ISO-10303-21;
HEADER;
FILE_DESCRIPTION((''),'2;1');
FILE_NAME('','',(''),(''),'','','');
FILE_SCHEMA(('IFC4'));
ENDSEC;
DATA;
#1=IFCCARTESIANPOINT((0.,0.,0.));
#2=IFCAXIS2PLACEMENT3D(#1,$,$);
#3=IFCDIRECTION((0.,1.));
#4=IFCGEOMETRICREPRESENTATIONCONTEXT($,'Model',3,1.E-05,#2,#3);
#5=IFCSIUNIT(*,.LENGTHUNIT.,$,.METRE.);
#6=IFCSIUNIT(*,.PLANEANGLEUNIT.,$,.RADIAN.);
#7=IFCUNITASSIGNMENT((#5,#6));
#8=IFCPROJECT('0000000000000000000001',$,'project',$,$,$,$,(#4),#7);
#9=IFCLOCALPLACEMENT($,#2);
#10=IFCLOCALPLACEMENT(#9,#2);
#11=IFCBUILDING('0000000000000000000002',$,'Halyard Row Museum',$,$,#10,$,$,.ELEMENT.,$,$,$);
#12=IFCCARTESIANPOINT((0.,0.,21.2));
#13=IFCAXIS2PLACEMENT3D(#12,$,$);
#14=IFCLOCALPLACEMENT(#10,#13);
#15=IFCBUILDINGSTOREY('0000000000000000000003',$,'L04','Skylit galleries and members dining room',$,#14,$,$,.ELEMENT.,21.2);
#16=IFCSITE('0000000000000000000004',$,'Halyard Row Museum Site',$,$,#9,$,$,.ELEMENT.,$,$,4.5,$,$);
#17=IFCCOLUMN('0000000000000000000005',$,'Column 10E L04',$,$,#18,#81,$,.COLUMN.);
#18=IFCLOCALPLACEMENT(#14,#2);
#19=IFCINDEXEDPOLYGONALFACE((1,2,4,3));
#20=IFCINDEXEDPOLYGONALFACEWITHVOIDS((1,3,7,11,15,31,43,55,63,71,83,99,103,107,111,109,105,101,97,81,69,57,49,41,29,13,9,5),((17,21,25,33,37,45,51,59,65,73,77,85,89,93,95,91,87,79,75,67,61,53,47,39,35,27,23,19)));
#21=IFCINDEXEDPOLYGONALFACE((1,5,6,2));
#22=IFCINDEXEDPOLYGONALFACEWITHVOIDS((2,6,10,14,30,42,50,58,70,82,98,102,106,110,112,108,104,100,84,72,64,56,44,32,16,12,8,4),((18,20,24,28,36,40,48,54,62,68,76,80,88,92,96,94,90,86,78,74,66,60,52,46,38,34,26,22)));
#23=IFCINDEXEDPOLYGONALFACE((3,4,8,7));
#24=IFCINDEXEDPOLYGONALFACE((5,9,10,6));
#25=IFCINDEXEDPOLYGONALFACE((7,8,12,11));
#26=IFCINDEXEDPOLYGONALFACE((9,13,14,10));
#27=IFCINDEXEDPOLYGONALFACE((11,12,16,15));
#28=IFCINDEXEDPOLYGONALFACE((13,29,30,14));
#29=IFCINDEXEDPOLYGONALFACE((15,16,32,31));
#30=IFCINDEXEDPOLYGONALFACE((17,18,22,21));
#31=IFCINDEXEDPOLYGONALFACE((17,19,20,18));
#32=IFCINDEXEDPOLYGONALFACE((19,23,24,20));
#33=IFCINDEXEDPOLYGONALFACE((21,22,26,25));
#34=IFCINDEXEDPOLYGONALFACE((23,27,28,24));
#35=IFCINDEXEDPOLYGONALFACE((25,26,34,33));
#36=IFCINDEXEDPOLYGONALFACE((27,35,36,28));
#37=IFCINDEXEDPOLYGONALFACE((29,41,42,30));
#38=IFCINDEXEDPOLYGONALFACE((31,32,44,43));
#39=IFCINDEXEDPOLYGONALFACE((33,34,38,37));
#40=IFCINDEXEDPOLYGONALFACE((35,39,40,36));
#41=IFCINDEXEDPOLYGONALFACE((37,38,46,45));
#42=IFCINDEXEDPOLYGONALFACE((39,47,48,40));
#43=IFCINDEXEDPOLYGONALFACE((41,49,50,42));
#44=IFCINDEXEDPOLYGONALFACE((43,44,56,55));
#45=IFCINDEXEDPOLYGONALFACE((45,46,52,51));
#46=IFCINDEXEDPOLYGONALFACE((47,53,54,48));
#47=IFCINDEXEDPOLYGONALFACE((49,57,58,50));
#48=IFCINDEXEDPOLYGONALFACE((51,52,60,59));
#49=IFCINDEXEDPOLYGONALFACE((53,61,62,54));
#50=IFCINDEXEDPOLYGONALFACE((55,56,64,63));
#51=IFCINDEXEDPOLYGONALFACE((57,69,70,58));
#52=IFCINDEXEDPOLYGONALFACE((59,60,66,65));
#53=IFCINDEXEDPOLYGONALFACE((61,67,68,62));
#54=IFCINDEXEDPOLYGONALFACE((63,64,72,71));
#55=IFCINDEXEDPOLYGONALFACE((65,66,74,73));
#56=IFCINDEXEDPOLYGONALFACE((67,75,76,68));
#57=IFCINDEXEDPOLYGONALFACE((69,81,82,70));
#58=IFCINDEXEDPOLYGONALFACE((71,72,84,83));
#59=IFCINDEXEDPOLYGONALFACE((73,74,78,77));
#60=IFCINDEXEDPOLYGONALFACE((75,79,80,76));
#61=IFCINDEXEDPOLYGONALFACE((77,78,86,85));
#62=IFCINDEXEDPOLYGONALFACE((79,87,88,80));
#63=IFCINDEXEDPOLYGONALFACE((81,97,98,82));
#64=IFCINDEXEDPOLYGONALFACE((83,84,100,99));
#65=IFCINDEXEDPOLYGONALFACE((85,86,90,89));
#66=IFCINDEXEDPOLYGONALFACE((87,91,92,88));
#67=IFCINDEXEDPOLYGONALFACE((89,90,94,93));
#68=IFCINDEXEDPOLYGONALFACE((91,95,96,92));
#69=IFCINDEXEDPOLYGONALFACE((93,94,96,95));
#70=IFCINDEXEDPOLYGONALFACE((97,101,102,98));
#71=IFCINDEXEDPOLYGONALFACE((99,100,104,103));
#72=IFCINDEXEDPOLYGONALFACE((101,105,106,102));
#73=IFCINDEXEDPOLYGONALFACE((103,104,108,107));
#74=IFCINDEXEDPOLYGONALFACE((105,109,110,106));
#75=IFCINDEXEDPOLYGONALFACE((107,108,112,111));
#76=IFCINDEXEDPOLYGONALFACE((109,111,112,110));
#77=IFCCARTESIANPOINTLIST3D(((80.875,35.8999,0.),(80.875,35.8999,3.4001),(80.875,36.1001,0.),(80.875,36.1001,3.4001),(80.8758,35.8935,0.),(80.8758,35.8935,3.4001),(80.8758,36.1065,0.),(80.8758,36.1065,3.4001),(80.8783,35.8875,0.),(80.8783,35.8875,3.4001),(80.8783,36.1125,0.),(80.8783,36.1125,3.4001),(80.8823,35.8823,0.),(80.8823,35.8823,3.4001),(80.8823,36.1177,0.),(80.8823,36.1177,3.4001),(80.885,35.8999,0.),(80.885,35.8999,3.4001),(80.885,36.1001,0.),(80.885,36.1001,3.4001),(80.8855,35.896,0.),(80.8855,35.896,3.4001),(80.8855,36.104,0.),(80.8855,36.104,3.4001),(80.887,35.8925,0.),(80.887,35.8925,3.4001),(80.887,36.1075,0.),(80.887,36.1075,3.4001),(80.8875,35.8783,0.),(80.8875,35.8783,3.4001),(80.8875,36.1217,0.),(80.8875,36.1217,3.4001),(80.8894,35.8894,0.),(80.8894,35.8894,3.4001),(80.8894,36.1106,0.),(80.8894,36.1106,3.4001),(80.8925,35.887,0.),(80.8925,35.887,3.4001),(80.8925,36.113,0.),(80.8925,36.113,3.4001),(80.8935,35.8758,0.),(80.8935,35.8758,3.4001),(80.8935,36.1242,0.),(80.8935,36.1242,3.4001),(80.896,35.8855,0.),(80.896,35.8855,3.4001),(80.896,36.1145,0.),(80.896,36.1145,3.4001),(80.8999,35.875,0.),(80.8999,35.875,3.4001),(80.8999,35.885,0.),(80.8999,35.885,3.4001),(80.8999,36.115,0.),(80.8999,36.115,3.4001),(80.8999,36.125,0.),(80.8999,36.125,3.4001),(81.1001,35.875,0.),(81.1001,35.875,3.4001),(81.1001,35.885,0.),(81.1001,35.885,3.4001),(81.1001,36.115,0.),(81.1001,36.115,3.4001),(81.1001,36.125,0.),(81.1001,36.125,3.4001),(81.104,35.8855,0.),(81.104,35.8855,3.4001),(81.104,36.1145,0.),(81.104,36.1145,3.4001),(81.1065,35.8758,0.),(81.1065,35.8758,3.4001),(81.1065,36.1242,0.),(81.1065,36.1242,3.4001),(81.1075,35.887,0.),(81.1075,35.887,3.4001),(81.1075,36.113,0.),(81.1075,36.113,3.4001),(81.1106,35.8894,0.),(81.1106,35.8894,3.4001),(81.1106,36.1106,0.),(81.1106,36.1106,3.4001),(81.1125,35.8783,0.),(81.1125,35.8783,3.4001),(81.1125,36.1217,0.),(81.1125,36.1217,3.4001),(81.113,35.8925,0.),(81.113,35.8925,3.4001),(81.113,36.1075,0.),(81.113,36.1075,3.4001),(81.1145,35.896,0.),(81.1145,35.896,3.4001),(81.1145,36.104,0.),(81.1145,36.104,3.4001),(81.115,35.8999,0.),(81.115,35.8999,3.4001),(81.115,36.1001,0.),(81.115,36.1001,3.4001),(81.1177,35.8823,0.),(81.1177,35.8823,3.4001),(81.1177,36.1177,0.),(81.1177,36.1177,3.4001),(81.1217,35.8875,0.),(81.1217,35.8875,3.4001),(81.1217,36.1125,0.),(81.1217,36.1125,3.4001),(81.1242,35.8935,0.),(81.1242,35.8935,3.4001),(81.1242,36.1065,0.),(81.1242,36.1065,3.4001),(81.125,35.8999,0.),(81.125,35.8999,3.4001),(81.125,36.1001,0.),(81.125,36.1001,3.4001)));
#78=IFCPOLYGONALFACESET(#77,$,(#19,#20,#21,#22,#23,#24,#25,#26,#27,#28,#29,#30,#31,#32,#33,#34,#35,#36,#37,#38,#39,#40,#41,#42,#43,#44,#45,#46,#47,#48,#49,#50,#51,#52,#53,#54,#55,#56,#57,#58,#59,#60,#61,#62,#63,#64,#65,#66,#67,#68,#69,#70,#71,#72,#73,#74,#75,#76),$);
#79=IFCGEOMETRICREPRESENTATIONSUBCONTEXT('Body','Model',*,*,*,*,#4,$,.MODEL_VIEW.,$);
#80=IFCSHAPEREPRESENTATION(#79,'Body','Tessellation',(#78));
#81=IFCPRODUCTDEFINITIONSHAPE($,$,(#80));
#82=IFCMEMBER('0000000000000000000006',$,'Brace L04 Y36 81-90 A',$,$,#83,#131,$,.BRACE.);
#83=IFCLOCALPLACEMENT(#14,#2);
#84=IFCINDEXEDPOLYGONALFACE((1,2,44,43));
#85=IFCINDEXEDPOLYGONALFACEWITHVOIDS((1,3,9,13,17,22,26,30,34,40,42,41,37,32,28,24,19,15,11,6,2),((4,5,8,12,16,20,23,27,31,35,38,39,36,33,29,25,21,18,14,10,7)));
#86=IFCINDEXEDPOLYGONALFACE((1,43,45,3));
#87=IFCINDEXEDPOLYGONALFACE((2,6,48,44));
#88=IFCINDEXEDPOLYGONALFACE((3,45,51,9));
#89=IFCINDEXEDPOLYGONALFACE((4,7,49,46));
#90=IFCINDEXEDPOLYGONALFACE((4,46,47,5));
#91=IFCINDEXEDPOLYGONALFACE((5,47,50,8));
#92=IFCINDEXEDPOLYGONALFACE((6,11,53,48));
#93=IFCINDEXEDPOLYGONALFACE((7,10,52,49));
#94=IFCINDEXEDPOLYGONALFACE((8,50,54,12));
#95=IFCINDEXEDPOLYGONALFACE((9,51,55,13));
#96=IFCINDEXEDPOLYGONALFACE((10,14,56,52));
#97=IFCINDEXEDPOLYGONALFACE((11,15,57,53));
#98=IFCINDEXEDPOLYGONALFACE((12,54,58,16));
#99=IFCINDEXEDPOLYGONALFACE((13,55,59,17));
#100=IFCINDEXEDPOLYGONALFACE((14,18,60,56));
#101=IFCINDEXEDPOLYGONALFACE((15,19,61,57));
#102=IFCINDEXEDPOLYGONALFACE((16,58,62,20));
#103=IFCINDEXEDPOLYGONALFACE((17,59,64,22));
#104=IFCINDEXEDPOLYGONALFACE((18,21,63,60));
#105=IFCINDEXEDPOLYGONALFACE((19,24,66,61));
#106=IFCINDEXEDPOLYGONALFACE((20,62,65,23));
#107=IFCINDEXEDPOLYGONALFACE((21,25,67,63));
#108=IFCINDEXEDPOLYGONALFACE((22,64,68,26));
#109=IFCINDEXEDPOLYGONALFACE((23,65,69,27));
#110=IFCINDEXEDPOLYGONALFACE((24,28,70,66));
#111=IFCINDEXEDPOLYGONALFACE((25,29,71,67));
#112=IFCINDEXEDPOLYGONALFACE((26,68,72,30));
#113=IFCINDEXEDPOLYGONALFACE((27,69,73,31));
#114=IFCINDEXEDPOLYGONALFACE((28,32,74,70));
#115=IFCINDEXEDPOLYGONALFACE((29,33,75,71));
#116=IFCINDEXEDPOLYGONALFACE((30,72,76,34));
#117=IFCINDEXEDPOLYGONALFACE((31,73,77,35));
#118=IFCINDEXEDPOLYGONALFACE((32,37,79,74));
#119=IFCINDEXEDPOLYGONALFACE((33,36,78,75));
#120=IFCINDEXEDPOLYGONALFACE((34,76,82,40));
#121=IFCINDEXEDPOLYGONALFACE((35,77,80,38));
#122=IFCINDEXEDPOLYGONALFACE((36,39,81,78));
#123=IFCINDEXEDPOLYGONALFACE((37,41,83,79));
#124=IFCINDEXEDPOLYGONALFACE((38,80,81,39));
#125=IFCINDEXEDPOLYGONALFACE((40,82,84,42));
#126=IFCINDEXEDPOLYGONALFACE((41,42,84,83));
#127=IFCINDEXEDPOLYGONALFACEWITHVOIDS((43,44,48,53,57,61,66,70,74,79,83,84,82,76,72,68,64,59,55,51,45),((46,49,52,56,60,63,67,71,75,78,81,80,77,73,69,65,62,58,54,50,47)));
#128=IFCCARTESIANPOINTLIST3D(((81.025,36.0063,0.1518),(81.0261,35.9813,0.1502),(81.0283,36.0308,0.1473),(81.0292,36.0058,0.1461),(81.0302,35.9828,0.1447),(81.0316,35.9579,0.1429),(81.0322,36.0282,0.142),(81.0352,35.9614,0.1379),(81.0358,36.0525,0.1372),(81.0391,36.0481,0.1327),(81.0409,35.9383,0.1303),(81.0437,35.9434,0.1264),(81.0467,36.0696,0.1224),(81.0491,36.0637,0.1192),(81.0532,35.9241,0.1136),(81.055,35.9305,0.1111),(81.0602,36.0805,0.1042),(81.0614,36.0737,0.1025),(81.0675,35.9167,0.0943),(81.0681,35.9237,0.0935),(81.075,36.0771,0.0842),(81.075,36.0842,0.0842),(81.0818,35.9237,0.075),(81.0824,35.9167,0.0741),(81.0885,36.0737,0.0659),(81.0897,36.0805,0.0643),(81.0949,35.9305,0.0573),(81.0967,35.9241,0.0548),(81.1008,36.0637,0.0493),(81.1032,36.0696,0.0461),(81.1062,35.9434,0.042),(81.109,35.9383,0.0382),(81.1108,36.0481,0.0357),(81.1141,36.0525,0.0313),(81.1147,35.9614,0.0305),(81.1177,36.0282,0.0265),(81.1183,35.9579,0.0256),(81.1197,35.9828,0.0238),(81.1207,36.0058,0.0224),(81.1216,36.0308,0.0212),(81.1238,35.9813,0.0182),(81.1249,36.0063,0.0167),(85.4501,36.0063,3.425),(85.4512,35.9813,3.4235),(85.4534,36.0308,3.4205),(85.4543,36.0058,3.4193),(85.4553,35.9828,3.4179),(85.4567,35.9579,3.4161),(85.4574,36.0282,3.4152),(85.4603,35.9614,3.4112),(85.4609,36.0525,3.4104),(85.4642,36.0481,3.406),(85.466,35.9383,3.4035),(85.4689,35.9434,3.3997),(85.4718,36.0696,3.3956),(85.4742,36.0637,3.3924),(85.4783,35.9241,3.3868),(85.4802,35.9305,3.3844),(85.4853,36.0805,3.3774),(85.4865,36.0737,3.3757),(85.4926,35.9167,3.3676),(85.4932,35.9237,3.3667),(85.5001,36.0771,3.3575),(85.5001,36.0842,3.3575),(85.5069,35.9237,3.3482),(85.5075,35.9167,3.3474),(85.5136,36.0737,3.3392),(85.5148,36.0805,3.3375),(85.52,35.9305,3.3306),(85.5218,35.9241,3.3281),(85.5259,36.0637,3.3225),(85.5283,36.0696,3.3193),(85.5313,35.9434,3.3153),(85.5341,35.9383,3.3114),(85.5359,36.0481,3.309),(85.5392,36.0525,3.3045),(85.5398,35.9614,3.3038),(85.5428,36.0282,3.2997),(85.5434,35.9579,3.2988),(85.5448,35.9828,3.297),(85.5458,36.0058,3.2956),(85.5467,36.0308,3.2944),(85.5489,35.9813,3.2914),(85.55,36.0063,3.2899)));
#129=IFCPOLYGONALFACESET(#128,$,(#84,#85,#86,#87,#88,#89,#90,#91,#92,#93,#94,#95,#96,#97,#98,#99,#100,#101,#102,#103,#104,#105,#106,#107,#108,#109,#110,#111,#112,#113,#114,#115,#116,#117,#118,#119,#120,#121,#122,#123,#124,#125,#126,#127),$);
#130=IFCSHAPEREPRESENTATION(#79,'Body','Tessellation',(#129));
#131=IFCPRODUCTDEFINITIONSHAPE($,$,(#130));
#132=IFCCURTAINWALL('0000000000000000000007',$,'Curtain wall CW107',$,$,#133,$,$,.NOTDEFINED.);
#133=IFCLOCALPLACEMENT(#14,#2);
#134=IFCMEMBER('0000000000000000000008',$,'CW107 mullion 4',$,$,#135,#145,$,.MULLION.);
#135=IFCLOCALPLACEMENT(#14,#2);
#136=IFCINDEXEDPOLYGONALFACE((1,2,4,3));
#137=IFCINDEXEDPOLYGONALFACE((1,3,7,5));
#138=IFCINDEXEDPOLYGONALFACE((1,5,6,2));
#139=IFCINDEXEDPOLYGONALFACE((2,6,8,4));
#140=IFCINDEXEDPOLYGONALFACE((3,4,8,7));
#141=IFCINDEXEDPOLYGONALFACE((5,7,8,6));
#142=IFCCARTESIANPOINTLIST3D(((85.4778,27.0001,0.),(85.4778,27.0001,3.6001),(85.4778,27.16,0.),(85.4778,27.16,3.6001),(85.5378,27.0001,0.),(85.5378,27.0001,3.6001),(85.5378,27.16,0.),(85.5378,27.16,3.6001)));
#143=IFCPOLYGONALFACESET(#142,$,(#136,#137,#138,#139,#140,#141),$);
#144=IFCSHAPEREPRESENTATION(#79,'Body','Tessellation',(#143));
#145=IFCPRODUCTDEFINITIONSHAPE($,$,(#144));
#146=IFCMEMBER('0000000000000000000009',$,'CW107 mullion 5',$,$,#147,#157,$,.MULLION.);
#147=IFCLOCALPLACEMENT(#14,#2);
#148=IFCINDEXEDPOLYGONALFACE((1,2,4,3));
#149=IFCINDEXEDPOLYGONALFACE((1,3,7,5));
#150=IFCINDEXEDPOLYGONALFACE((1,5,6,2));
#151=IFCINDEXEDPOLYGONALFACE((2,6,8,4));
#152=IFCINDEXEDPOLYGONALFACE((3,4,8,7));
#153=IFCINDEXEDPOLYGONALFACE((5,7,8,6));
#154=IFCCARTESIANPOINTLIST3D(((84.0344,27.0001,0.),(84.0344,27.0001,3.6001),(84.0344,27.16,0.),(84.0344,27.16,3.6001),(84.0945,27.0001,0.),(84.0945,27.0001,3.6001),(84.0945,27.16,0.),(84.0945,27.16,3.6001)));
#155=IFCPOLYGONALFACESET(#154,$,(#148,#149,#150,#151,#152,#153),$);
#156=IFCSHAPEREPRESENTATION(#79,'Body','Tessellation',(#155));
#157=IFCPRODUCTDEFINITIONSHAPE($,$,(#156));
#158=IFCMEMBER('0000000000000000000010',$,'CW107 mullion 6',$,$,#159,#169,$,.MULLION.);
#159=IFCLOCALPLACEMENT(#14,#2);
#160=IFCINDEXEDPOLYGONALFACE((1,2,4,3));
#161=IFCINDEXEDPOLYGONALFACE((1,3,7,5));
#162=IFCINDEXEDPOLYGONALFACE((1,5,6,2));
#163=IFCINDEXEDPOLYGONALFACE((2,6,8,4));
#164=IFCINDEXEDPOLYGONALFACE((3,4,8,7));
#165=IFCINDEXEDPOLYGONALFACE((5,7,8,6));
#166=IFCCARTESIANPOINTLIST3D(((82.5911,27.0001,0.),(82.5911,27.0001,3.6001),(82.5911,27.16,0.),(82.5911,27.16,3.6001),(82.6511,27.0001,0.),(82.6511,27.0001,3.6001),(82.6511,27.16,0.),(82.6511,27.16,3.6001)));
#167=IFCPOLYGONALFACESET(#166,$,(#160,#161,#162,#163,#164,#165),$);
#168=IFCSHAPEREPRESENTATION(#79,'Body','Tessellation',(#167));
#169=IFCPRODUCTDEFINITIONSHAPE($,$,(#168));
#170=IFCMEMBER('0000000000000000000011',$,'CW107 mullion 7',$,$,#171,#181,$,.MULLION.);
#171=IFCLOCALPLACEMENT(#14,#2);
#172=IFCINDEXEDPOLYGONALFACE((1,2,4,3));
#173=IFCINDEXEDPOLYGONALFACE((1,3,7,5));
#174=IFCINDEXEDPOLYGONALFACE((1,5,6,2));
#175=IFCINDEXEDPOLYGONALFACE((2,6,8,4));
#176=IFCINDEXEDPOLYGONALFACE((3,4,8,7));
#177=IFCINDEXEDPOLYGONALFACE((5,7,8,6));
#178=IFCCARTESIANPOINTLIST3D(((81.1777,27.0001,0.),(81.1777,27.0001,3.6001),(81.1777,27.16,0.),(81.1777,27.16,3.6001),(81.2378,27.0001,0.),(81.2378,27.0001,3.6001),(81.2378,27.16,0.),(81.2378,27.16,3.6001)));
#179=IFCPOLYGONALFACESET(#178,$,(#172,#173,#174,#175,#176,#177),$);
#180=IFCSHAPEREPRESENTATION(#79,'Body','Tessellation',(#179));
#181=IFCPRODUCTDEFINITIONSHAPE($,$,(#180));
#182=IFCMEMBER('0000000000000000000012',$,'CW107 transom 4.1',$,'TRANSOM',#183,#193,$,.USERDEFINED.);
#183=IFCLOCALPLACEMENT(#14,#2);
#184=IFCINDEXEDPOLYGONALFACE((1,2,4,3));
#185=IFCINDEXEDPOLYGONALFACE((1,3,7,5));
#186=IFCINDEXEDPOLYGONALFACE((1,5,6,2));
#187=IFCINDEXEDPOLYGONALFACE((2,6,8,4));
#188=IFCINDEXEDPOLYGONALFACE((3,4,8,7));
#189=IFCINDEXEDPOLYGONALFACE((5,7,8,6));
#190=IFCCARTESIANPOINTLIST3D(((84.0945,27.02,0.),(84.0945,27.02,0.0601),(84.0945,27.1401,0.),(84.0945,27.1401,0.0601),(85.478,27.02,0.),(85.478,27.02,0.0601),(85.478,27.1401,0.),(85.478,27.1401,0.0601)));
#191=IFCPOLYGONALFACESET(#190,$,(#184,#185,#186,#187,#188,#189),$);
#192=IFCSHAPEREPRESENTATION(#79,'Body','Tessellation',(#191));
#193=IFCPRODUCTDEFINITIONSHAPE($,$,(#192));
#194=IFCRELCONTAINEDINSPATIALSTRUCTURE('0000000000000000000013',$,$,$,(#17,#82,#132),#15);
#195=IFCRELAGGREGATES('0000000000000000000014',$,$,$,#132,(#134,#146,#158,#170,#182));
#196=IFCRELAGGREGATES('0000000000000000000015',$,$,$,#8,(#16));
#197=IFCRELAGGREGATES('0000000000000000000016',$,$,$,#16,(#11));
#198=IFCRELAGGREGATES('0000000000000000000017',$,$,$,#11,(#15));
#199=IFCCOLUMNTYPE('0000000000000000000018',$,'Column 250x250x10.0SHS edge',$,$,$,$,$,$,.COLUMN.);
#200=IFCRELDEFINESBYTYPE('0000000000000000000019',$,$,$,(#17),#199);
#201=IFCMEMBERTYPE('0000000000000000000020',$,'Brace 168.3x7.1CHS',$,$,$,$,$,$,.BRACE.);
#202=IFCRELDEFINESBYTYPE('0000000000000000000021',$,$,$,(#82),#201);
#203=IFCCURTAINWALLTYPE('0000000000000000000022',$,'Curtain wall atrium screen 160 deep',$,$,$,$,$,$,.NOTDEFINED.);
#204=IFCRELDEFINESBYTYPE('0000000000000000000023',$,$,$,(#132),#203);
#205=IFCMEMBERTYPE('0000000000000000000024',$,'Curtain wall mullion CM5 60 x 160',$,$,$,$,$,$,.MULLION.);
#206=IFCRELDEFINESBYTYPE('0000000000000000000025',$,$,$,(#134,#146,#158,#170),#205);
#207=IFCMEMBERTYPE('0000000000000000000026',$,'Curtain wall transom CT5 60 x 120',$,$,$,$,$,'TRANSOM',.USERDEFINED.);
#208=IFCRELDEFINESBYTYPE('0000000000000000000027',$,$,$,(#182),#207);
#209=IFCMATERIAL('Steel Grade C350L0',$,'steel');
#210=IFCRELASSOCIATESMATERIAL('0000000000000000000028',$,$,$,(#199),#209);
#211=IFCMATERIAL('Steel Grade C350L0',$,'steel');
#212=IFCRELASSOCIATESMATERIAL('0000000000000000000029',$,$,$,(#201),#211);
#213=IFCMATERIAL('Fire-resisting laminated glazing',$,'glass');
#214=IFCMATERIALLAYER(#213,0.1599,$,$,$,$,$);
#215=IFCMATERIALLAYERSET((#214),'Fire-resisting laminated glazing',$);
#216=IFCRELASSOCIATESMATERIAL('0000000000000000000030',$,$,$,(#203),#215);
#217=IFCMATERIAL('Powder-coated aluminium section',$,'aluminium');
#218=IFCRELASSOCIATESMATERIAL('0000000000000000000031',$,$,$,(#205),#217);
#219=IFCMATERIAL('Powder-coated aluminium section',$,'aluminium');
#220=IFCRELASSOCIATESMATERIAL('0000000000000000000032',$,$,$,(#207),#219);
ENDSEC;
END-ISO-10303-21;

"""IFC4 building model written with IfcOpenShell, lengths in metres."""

from ifc_helpers import new_model, si_unit, direction, frame, origin, origin_2d, place, context, subcontext, project, spatial, rectangle, hollow_rectangle, hollow_circle, extrude, material, layer, layer_set, material_profile, profile_set, type_object, element, aggregate, save


model = new_model("IFC4")

# Units and contexts
model_context = context("Model", 3, precision=1e-05, world=origin(), true_north=direction((0.0, 1.0)))
body_context = subcontext(model_context, "Body", "Model", "MODEL_VIEW")
ifc_project = project(units=[si_unit("LENGTHUNIT", "METRE"), si_unit("PLANEANGLEUNIT", "RADIAN")], contexts=[model_context])

# Site, building, storey
site_placement = place(None, origin())
site = spatial("IfcSite", under=ifc_project, at=site_placement, Name="Halyard Row Museum Site", CompositionType="ELEMENT", RefElevation=4.5)
building_placement = place(site_placement, origin())
building = spatial("IfcBuilding", under=site, at=building_placement, Name="Halyard Row Museum", CompositionType="ELEMENT")
storey_placement = place(building_placement, frame((0.0, 0.0, 21.2)))
storey = spatial("IfcBuildingStorey", under=building, at=storey_placement, Name="L04", Description="Skylit galleries and members dining room", CompositionType="ELEMENT", Elevation=21.2)

# Column
ifc_material_1 = material(Name="Steel Grade C350L0", Category="steel")
ifc_material_profile_1 = material_profile(ifc_material_1, hollow_rectangle(XDim=0.25, YDim=0.25, WallThickness=0.01, InnerFilletRadius=0.0149, OuterFilletRadius=0.0249, at=origin_2d()), Name="250x250x10.0SHS")
ifc_profile_set_1 = profile_set([ifc_material_profile_1], Name="Steel Grade C350L0")
column_type = type_object("IfcColumnType", Name="Column 250x250x10.0SHS edge", PredefinedType="COLUMN", material=ifc_profile_set_1)
column_placement = place(storey_placement, frame((81.0, 36.0, 0.0), z_axis=(0.0, 0.0, 1.0), x_axis=(1.0, 0.0, 0.0)))
element("IfcColumn", 1, at=column_placement, inside=storey, type_object=column_type, Name="Column 10E L04", PredefinedType="COLUMN", context=body_context, shape_type="SweptSolid", body=[
    extrude(hollow_rectangle(XDim=0.25, YDim=0.25, WallThickness=0.01, InnerFilletRadius=0.0149, OuterFilletRadius=0.0249, at=origin_2d()), origin(), (0.0, 0.0, 1.0), 3.4001),
])

# Member
ifc_material_2 = material(Name="Steel Grade C350L0", Category="steel")
ifc_material_profile_2 = material_profile(ifc_material_2, hollow_circle(Radius=0.0842, WallThickness=0.0071, at=origin_2d()), Name="168.3x7.1CHS")
ifc_profile_set_2 = profile_set([ifc_material_profile_2], Name="Steel Grade C350L0")
member_type_1 = type_object("IfcMemberType", Name="Brace 168.3x7.1CHS", PredefinedType="BRACE", material=ifc_profile_set_2)
member_1_placement = place(storey_placement, frame((81.075, 36.0, 0.0842), z_axis=(0.803959, 0.0, 0.594685), x_axis=(0.0, 1.0, 0.0)))
element("IfcMember", 2, at=member_1_placement, inside=storey, type_object=member_type_1, Name="Brace L04 Y36 81-90 A", PredefinedType="BRACE", context=body_context, shape_type="SweptSolid", body=[
    extrude(hollow_circle(Radius=0.0842, WallThickness=0.0071, at=origin_2d()), origin(), (0.0, 0.0, 1.0), 5.5042),
])

# Curtain wall, members
ifc_material_3 = material(Name="Fire-resisting laminated glazing", Category="glass")
ifc_layer_1 = layer(ifc_material_3, 0.1599)
ifc_layer_set_1 = layer_set([ifc_layer_1], Name="Fire-resisting laminated glazing")
curtain_wall_type = type_object("IfcCurtainWallType", Name="Curtain wall atrium screen 160 deep", PredefinedType="NOTDEFINED", material=ifc_layer_set_1)
curtain_wall_placement = place(storey_placement, origin())
curtain_wall = element("IfcCurtainWall", 3, at=curtain_wall_placement, inside=storey, type_object=curtain_wall_type, Name="Curtain wall CW107", PredefinedType="NOTDEFINED")
ifc_material_4 = material(Name="Powder-coated aluminium section", Category="aluminium")
ifc_material_profile_3 = material_profile(ifc_material_4, rectangle(XDim=0.1599, YDim=0.0601, at=origin_2d()), Name="160x60 mullion")
ifc_profile_set_3 = profile_set([ifc_material_profile_3], Name="Powder-coated aluminium section")
member_type_2 = type_object("IfcMemberType", Name="Curtain wall mullion CM5 60 x 160", PredefinedType="MULLION", material=ifc_profile_set_3)
member_2_placement = place(storey_placement, frame((85.5078, 27.0801, 0.0), z_axis=(0.0, 0.0, 1.0), x_axis=(0.0, -1.0, 0.0)))
member_2 = element("IfcMember", 4, at=member_2_placement, type_object=member_type_2, Name="CW107 mullion 4", PredefinedType="MULLION", context=body_context, shape_type="SweptSolid", body=[
    extrude(rectangle(XDim=0.1599, YDim=0.0601, at=origin_2d()), origin(), (0.0, 0.0, 1.0), 3.6001),
])
member_3_placement = place(storey_placement, frame((84.0645, 27.0801, 0.0), z_axis=(0.0, 0.0, 1.0), x_axis=(0.0, -1.0, 0.0)))
member_3 = element("IfcMember", 5, at=member_3_placement, type_object=member_type_2, Name="CW107 mullion 5", PredefinedType="MULLION", context=body_context, shape_type="SweptSolid", body=[
    extrude(rectangle(XDim=0.1599, YDim=0.0601, at=origin_2d()), origin(), (0.0, 0.0, 1.0), 3.6001),
])
member_4_placement = place(storey_placement, frame((82.6211, 27.0801, 0.0), z_axis=(0.0, 0.0, 1.0), x_axis=(0.0, -1.0, 0.0)))
member_4 = element("IfcMember", 6, at=member_4_placement, type_object=member_type_2, Name="CW107 mullion 6", PredefinedType="MULLION", context=body_context, shape_type="SweptSolid", body=[
    extrude(rectangle(XDim=0.1599, YDim=0.0601, at=origin_2d()), origin(), (0.0, 0.0, 1.0), 3.6001),
])
member_5_placement = place(storey_placement, frame((81.2078, 27.0801, 0.0), z_axis=(0.0, 0.0, 1.0), x_axis=(0.0, -1.0, 0.0)))
member_5 = element("IfcMember", 7, at=member_5_placement, type_object=member_type_2, Name="CW107 mullion 7", PredefinedType="MULLION", context=body_context, shape_type="SweptSolid", body=[
    extrude(rectangle(XDim=0.1599, YDim=0.0601, at=origin_2d()), origin(), (0.0, 0.0, 1.0), 3.6001),
])
ifc_material_5 = material(Name="Powder-coated aluminium section", Category="aluminium")
ifc_material_profile_4 = material_profile(ifc_material_5, rectangle(XDim=0.1201, YDim=0.0601, at=origin_2d()), Name="120x60 transom")
ifc_profile_set_4 = profile_set([ifc_material_profile_4], Name="Powder-coated aluminium section")
member_type_3 = type_object("IfcMemberType", Name="Curtain wall transom CT5 60 x 120", ElementType="TRANSOM", PredefinedType="USERDEFINED", material=ifc_profile_set_4)
member_6_placement = place(storey_placement, frame((85.478, 27.0801, 0.03), z_axis=(-1.0, 0.0, 0.0), x_axis=(0.0, -1.0, 0.0)))
member_6 = element("IfcMember", 8, at=member_6_placement, type_object=member_type_3, Name="CW107 transom 4.1", ObjectType="TRANSOM", PredefinedType="USERDEFINED", context=body_context, shape_type="SweptSolid", body=[
    extrude(rectangle(XDim=0.1201, YDim=0.0601, at=origin_2d()), origin(), (0.0, 0.0, 1.0), 1.3835),
])

aggregate(curtain_wall, [member_2, member_3, member_4, member_5, member_6])

save(model, "model.ifc")
